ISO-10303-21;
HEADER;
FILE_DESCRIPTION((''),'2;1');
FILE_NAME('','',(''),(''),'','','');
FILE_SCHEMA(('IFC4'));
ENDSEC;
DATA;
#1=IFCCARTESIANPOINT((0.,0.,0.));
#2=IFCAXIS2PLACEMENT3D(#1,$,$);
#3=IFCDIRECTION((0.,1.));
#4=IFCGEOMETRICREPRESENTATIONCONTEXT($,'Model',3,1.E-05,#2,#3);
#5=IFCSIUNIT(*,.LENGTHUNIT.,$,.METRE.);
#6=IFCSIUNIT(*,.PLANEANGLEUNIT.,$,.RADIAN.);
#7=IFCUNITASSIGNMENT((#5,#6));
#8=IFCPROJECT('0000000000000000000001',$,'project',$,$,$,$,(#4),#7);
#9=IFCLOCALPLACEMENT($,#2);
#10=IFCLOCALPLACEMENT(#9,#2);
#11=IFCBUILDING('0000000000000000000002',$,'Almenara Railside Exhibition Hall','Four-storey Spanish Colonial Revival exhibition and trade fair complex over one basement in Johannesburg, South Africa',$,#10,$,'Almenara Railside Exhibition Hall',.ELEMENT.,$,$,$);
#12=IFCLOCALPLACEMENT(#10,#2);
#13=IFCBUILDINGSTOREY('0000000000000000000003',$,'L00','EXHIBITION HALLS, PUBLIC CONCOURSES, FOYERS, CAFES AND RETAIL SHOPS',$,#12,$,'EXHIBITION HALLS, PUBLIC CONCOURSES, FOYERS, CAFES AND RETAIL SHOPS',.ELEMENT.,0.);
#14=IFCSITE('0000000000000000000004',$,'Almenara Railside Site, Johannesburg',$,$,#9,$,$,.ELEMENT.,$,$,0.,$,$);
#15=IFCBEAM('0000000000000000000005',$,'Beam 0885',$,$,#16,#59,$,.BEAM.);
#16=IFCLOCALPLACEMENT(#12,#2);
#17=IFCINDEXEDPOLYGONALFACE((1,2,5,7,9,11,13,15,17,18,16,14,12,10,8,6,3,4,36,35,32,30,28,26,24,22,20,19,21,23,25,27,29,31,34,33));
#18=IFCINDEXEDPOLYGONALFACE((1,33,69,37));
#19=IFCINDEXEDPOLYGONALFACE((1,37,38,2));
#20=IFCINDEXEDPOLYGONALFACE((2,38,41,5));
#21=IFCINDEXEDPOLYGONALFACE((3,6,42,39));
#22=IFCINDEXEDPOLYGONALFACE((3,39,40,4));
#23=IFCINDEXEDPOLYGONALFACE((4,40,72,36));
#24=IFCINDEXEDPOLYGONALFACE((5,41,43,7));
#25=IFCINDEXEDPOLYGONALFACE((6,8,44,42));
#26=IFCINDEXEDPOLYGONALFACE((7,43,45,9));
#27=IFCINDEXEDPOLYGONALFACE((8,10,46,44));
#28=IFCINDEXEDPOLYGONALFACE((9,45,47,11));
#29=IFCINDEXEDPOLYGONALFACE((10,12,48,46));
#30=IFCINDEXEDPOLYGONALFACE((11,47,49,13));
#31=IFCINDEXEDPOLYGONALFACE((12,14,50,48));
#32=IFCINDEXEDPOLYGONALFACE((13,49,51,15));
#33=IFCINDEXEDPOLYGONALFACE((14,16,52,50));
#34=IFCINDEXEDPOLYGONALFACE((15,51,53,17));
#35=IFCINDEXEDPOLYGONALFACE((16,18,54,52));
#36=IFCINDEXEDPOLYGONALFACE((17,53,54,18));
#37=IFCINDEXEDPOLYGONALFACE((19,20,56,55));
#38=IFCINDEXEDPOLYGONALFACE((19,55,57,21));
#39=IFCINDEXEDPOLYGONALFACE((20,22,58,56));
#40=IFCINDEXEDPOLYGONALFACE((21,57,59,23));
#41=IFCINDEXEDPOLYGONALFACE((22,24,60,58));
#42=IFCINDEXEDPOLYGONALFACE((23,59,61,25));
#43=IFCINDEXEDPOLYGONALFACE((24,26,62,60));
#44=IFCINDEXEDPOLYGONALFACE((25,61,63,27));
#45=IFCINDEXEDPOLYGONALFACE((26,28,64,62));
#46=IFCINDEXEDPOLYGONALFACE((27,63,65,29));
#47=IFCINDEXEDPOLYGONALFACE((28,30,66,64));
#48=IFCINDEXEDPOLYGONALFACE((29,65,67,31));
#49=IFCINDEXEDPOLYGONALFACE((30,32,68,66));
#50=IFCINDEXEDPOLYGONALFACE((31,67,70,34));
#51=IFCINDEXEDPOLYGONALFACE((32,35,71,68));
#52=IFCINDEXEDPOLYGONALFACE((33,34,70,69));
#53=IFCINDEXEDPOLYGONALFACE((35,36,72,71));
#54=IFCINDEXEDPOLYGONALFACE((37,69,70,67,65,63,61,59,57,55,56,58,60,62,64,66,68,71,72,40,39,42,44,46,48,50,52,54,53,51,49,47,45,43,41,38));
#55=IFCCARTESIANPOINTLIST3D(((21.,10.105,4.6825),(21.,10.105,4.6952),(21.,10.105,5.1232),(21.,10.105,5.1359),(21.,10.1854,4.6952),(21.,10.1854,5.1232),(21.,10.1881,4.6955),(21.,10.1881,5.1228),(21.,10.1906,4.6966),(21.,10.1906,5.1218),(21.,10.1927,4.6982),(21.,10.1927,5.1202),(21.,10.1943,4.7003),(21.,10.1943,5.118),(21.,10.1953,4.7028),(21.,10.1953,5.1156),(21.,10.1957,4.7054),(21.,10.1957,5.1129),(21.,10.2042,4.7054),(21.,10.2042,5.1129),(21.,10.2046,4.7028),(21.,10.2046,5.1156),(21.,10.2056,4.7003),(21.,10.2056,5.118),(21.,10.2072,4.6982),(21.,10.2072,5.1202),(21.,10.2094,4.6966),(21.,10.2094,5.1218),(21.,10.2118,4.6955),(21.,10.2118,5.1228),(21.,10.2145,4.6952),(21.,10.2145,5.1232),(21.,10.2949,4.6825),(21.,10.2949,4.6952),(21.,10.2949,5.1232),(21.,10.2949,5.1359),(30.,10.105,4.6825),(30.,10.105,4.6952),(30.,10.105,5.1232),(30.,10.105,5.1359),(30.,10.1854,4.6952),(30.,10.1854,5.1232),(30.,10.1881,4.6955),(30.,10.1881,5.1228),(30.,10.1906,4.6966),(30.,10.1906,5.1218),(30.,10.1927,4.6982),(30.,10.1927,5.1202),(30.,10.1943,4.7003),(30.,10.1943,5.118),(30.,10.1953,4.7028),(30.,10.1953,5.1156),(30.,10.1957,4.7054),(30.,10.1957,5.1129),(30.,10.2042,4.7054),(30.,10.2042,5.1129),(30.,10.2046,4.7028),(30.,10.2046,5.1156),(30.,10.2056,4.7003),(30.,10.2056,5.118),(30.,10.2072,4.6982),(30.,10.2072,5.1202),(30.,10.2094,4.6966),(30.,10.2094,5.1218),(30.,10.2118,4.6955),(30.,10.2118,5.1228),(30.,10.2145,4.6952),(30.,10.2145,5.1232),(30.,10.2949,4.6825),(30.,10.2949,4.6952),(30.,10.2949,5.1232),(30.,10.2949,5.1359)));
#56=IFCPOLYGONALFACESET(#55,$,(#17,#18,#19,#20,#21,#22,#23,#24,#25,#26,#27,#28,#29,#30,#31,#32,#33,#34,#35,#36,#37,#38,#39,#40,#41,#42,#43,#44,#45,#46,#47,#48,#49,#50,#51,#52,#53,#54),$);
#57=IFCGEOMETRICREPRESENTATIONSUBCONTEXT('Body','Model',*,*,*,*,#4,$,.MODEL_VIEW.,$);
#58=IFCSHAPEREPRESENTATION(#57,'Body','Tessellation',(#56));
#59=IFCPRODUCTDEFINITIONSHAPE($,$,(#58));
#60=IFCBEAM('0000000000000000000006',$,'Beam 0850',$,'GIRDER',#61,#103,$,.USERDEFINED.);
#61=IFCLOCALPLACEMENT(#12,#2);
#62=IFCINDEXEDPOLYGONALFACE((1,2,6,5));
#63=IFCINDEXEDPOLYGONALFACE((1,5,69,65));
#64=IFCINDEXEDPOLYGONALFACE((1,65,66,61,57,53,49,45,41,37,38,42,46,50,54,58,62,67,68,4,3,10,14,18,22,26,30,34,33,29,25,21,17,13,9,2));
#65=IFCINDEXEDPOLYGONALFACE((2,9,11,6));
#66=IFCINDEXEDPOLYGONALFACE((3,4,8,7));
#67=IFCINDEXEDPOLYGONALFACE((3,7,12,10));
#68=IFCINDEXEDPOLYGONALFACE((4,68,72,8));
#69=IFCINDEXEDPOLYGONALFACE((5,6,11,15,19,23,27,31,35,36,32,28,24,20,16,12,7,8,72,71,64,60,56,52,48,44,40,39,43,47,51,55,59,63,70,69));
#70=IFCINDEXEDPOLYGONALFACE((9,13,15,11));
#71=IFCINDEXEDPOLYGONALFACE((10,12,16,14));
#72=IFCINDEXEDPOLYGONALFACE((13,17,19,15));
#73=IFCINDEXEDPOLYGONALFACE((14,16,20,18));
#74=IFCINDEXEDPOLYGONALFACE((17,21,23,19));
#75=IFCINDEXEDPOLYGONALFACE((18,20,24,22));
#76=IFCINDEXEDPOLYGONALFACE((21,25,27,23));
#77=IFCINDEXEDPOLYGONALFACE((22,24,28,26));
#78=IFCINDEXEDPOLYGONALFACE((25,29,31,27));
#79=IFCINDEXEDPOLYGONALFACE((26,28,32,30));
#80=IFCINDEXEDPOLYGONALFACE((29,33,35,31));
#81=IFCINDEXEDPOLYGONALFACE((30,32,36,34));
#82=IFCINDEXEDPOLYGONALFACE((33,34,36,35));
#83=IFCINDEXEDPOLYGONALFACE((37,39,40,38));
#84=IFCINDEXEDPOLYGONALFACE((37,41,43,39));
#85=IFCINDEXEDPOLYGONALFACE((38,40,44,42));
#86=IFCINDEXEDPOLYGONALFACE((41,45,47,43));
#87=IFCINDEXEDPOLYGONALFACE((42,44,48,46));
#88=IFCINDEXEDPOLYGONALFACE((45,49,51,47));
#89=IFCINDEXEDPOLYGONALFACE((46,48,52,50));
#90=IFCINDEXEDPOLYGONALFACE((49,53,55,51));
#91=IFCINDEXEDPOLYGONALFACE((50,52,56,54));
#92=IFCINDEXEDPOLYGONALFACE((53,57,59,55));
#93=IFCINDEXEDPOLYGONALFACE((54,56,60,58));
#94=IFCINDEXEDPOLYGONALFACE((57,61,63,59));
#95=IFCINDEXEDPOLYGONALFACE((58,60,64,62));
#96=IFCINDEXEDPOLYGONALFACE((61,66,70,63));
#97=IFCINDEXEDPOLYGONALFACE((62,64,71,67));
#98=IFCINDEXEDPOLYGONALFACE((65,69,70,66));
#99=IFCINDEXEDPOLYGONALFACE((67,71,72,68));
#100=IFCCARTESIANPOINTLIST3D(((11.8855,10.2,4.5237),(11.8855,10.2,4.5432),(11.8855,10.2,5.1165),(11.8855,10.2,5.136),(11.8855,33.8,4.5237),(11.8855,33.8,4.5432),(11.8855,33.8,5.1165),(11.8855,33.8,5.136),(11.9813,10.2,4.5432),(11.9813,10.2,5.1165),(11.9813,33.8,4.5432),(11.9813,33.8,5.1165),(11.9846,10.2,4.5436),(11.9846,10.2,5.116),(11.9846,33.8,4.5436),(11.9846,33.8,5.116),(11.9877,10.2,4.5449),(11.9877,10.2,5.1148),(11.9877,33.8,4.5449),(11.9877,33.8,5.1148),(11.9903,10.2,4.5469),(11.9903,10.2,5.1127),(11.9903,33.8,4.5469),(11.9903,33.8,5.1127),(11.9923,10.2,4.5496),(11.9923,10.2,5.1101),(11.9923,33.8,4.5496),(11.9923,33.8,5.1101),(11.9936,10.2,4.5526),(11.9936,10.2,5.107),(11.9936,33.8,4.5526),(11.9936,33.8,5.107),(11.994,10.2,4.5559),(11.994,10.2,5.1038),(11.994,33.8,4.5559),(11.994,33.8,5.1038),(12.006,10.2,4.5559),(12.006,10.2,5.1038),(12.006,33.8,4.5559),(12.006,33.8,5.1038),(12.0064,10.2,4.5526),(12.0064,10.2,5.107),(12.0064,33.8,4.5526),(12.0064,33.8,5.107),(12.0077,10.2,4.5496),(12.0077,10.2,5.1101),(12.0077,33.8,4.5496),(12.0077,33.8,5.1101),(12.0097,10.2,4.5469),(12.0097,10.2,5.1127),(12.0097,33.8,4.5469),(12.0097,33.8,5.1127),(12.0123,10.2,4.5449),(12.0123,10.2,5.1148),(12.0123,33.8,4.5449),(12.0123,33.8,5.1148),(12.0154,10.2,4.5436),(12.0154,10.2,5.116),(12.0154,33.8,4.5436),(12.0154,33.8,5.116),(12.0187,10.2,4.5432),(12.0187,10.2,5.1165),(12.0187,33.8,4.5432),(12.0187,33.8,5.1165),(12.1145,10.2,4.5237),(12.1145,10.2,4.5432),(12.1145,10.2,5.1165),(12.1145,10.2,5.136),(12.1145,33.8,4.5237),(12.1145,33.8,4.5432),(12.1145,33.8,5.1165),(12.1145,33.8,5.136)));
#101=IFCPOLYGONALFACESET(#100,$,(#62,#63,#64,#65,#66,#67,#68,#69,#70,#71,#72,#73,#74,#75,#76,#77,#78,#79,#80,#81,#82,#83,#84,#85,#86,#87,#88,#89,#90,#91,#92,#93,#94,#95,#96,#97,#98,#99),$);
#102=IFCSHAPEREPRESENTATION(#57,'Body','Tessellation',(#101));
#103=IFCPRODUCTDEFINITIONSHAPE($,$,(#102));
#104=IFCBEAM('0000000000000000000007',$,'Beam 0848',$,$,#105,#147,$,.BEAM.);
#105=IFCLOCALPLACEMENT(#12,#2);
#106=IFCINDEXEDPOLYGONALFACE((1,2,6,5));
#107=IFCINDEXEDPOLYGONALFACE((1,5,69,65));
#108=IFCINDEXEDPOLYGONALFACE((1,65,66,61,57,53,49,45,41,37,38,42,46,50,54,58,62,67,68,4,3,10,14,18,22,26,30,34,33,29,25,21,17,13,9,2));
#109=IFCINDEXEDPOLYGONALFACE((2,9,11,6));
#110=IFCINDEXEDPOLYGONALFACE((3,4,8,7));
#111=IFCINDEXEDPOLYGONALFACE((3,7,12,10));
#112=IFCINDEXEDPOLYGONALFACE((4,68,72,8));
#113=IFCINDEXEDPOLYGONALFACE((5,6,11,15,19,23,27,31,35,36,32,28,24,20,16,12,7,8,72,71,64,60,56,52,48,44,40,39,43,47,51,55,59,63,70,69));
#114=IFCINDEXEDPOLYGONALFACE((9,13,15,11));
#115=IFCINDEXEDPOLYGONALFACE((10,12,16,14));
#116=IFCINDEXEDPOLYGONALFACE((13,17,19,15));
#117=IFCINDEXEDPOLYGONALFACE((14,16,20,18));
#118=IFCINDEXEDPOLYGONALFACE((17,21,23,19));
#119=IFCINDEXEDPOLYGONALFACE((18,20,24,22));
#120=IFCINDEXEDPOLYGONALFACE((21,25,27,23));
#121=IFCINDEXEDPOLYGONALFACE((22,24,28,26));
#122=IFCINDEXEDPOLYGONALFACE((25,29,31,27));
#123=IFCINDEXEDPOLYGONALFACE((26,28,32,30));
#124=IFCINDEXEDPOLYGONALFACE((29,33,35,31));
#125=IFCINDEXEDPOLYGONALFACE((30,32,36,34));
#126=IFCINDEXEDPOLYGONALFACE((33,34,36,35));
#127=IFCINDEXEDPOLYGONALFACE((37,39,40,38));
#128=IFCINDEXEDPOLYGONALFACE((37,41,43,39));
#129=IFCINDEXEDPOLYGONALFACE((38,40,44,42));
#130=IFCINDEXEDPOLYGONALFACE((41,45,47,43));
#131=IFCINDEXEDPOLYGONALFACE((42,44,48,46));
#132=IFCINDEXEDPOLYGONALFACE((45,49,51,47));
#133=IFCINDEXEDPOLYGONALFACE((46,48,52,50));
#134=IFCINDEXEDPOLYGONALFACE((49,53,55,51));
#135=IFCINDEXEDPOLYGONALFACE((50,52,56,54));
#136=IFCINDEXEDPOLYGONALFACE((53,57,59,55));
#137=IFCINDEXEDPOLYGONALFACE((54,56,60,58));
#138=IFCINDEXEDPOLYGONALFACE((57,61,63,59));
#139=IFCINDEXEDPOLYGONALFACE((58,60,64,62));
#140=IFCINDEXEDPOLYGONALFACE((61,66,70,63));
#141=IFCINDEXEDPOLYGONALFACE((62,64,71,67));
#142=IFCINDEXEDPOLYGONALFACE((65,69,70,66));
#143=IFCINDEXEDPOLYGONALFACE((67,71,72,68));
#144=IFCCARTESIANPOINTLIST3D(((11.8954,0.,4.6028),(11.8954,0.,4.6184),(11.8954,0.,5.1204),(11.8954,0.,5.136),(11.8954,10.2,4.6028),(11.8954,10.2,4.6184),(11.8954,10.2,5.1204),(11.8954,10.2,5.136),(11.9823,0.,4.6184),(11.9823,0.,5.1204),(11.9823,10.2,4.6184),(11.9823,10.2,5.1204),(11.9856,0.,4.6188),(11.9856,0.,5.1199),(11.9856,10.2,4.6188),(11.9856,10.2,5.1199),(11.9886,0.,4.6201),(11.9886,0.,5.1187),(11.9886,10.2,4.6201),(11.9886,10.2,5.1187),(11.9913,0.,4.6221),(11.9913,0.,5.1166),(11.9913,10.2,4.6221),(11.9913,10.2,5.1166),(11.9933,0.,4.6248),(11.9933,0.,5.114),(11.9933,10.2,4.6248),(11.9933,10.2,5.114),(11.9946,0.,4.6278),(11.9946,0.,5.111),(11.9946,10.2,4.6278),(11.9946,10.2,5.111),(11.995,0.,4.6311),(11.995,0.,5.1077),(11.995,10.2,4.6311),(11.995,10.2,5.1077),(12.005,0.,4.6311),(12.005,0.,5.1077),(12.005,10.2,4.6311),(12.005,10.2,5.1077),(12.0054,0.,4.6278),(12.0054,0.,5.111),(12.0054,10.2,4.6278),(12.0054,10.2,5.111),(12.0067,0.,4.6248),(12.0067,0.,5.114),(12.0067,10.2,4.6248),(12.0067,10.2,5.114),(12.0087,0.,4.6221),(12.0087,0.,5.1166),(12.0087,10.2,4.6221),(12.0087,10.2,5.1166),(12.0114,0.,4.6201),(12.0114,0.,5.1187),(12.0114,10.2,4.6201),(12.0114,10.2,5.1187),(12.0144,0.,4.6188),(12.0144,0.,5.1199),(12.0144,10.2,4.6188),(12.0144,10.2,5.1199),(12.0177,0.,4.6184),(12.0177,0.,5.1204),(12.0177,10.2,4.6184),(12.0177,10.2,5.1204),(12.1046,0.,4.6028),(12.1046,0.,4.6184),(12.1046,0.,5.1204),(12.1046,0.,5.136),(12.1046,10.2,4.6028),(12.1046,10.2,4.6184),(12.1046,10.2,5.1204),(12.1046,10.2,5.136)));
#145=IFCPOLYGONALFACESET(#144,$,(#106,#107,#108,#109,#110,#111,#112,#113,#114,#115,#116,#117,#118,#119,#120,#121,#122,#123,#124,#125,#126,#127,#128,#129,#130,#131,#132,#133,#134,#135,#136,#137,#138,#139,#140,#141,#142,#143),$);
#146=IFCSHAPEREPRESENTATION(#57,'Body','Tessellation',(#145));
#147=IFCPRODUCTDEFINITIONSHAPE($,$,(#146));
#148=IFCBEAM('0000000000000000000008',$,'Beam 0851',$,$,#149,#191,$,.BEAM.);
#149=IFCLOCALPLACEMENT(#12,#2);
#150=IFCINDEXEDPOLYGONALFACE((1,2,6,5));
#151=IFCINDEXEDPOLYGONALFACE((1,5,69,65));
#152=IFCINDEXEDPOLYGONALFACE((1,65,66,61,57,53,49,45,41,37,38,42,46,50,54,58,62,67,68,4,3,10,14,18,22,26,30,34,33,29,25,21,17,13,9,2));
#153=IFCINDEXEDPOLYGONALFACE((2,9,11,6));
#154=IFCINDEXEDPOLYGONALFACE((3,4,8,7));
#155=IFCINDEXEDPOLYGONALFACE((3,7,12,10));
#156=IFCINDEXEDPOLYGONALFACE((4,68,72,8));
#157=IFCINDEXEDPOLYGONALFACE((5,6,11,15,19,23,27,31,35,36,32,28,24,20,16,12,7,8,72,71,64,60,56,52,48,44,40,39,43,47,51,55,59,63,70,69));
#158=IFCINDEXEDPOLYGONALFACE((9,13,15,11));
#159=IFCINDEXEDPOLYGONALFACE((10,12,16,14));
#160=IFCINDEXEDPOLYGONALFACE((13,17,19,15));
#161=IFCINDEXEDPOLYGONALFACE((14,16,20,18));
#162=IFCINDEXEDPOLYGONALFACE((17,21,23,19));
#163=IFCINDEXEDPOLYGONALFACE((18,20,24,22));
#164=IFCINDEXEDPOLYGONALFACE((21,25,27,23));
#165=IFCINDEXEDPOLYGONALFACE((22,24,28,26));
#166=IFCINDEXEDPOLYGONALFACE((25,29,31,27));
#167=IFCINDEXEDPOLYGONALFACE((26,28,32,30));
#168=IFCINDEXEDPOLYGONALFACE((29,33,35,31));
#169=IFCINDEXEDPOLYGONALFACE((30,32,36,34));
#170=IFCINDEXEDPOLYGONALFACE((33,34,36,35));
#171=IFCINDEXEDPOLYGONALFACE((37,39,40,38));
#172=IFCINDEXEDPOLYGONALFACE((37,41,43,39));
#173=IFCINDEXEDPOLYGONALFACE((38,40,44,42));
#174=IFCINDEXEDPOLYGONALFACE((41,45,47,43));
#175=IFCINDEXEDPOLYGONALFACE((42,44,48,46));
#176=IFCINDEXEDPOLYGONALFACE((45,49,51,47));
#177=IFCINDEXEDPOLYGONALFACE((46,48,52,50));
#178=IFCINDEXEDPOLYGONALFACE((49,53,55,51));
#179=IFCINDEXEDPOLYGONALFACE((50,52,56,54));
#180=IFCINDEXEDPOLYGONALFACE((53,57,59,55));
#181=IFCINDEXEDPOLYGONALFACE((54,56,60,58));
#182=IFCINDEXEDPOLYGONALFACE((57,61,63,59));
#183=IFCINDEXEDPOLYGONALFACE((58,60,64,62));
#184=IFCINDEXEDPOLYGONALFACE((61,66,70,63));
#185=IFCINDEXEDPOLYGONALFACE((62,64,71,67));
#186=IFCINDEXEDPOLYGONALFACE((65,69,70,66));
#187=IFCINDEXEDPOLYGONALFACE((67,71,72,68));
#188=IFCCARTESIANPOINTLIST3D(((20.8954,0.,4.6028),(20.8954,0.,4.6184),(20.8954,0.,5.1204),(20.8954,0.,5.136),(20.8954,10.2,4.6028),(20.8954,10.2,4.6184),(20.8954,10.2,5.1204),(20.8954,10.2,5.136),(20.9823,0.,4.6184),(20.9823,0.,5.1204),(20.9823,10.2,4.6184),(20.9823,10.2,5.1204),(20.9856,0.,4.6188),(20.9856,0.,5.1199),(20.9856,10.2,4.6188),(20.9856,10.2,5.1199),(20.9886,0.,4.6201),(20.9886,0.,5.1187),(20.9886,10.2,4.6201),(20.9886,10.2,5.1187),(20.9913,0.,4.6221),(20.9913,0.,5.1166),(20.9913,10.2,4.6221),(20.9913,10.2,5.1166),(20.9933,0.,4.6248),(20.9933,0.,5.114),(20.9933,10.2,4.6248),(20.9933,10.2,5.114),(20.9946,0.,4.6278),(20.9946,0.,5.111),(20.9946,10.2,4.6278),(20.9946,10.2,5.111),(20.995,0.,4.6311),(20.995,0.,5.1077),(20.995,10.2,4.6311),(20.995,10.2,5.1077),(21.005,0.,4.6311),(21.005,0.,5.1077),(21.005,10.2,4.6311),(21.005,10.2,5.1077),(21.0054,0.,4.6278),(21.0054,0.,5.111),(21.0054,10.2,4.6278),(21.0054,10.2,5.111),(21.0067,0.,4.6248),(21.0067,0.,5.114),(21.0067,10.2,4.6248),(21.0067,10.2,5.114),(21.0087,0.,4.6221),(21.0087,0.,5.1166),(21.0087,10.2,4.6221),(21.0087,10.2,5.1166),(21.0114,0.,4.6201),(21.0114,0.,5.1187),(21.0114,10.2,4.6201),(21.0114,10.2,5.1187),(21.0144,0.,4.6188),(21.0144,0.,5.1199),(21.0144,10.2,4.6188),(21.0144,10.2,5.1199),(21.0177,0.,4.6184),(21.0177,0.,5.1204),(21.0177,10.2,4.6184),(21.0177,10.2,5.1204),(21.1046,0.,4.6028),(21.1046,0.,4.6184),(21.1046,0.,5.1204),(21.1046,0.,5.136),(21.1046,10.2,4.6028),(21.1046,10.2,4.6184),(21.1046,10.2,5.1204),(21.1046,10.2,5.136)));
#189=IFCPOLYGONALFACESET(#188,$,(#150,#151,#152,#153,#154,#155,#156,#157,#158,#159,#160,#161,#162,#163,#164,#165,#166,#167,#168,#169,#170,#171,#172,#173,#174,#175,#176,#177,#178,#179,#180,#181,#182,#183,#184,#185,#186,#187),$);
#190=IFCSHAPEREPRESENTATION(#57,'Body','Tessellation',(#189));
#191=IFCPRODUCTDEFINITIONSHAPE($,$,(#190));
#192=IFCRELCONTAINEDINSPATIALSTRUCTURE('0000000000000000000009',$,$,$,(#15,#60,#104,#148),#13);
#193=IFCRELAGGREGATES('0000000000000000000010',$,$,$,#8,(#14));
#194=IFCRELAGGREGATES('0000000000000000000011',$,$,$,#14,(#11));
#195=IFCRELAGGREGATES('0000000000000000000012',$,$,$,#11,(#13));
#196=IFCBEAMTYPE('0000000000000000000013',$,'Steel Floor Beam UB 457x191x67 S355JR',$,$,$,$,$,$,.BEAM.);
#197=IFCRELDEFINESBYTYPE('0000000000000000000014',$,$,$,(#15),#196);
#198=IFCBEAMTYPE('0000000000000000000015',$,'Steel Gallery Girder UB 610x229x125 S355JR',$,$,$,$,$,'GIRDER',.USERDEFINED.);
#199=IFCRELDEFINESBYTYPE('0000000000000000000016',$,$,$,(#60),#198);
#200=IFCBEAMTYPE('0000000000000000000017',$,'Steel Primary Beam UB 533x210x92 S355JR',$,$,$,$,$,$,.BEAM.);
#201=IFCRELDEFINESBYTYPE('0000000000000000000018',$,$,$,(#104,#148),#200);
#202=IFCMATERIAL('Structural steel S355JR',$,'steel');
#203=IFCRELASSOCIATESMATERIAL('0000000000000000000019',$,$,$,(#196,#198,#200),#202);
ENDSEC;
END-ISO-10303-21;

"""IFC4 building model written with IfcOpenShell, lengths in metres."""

from ifc_helpers import new_model, si_unit, direction, frame, origin, origin_2d, place, context, subcontext, project, spatial, i_section, extrude, material, material_profile, profile_set, type_object, element, save


model = new_model("IFC4")

# Units and contexts
model_context = context("Model", 3, precision=1e-05, world=origin(), true_north=direction((0.0, 1.0)))
body_context = subcontext(model_context, "Body", "Model", "MODEL_VIEW")
ifc_project = project(units=[si_unit("LENGTHUNIT", "METRE"), si_unit("PLANEANGLEUNIT", "RADIAN")], contexts=[model_context])

# Site, building, storey
site_placement = place(None, origin())
site = spatial("IfcSite", under=ifc_project, at=site_placement, Name="Almenara Railside Site, Johannesburg", CompositionType="ELEMENT", RefElevation=0.0)
building_placement = place(site_placement, origin())
building = spatial("IfcBuilding", under=site, at=building_placement, Name="Almenara Railside Exhibition Hall", Description="Four-storey Spanish Colonial Revival exhibition and trade fair complex over one basement in Johannesburg, South Africa", LongName="Almenara Railside Exhibition Hall", CompositionType="ELEMENT")
storey_placement = place(building_placement, origin())
storey = spatial("IfcBuildingStorey", under=building, at=storey_placement, Name="L00", Description="EXHIBITION HALLS, PUBLIC CONCOURSES, FOYERS, CAFES AND RETAIL SHOPS", LongName="EXHIBITION HALLS, PUBLIC CONCOURSES, FOYERS, CAFES AND RETAIL SHOPS", CompositionType="ELEMENT", Elevation=0.0)

# Beams
ifc_material_1 = material(Name="Structural steel S355JR", Category="steel")
ifc_material_profile_1 = material_profile(ifc_material_1, i_section(OverallWidth=0.1899, OverallDepth=0.4534, WebThickness=0.0085, FlangeThickness=0.0127, FilletRadius=0.0103, at=origin_2d()), Name="UB 457x191x67")
ifc_profile_set_1 = profile_set([ifc_material_profile_1], Name="Structural steel S355JR")
beam_type_1 = type_object("IfcBeamType", Name="Steel Floor Beam UB 457x191x67 S355JR", PredefinedType="BEAM", material=ifc_profile_set_1)
beam_1_placement = place(storey_placement, frame((21.0, 10.2, 4.9092), z_axis=(1.0, 0.0, 0.0), x_axis=(0.0, 1.0, 0.0)))
element("IfcBeam", 1, at=beam_1_placement, inside=storey, type_object=beam_type_1, Name="Beam 0885", PredefinedType="BEAM", context=body_context, shape_type="SweptSolid", body=[
    extrude(i_section(OverallWidth=0.1899, OverallDepth=0.4534, WebThickness=0.0085, FlangeThickness=0.0127, FilletRadius=0.0103, at=origin_2d()), origin(), (0.0, 0.0, 1.0), 9.0),
])
ifc_material_profile_2 = material_profile(ifc_material_1, i_section(OverallWidth=0.229, OverallDepth=0.6123, WebThickness=0.012, FlangeThickness=0.0195, FilletRadius=0.0127, at=origin_2d()), Name="UB 610x229x125")
ifc_profile_set_2 = profile_set([ifc_material_profile_2], Name="Structural steel S355JR")
beam_type_2 = type_object("IfcBeamType", Name="Steel Gallery Girder UB 610x229x125 S355JR", ElementType="GIRDER", PredefinedType="USERDEFINED", material=ifc_profile_set_2)
beam_2_placement = place(storey_placement, frame((12.0, 10.2, 4.8298), z_axis=(0.0, 1.0, 0.0), x_axis=(-1.0, 0.0, 0.0)))
element("IfcBeam", 2, at=beam_2_placement, inside=storey, type_object=beam_type_2, Name="Beam 0850", ObjectType="GIRDER", PredefinedType="USERDEFINED", context=body_context, shape_type="SweptSolid", body=[
    extrude(i_section(OverallWidth=0.229, OverallDepth=0.6123, WebThickness=0.012, FlangeThickness=0.0195, FilletRadius=0.0127, at=origin_2d()), origin(), (0.0, 0.0, 1.0), 23.6001),
])
ifc_material_profile_3 = material_profile(ifc_material_1, i_section(OverallWidth=0.2092, OverallDepth=0.5332, WebThickness=0.01, FlangeThickness=0.0156, FilletRadius=0.0127, at=origin_2d()), Name="UB 533x210x92")
ifc_profile_set_3 = profile_set([ifc_material_profile_3], Name="Structural steel S355JR")
beam_type_3 = type_object("IfcBeamType", Name="Steel Primary Beam UB 533x210x92 S355JR", PredefinedType="BEAM", material=ifc_profile_set_3)
for number, where, z_axis, x_axis, name in (
    (3, (12.0, 0.0, 4.8694), (0.0, 1.0, 0.0), (-1.0, 0.0, 0.0), "Beam 0848"),
    (4, (21.0, 0.0, 4.8694), (0.0, 1.0, 0.0), (-1.0, 0.0, 0.0), "Beam 0851"),
):
    element("IfcBeam", number, at=place(storey_placement, frame(where, z_axis=z_axis, x_axis=x_axis)), inside=storey, type_object=beam_type_3, Name=name, PredefinedType="BEAM", context=body_context, shape_type="SweptSolid", body=[
        extrude(i_section(OverallWidth=0.2092, OverallDepth=0.5332, WebThickness=0.01, FlangeThickness=0.0156, FilletRadius=0.0127, at=origin_2d()), origin(), (0.0, 0.0, 1.0), 10.2),
    ])

save(model, "model.ifc")
